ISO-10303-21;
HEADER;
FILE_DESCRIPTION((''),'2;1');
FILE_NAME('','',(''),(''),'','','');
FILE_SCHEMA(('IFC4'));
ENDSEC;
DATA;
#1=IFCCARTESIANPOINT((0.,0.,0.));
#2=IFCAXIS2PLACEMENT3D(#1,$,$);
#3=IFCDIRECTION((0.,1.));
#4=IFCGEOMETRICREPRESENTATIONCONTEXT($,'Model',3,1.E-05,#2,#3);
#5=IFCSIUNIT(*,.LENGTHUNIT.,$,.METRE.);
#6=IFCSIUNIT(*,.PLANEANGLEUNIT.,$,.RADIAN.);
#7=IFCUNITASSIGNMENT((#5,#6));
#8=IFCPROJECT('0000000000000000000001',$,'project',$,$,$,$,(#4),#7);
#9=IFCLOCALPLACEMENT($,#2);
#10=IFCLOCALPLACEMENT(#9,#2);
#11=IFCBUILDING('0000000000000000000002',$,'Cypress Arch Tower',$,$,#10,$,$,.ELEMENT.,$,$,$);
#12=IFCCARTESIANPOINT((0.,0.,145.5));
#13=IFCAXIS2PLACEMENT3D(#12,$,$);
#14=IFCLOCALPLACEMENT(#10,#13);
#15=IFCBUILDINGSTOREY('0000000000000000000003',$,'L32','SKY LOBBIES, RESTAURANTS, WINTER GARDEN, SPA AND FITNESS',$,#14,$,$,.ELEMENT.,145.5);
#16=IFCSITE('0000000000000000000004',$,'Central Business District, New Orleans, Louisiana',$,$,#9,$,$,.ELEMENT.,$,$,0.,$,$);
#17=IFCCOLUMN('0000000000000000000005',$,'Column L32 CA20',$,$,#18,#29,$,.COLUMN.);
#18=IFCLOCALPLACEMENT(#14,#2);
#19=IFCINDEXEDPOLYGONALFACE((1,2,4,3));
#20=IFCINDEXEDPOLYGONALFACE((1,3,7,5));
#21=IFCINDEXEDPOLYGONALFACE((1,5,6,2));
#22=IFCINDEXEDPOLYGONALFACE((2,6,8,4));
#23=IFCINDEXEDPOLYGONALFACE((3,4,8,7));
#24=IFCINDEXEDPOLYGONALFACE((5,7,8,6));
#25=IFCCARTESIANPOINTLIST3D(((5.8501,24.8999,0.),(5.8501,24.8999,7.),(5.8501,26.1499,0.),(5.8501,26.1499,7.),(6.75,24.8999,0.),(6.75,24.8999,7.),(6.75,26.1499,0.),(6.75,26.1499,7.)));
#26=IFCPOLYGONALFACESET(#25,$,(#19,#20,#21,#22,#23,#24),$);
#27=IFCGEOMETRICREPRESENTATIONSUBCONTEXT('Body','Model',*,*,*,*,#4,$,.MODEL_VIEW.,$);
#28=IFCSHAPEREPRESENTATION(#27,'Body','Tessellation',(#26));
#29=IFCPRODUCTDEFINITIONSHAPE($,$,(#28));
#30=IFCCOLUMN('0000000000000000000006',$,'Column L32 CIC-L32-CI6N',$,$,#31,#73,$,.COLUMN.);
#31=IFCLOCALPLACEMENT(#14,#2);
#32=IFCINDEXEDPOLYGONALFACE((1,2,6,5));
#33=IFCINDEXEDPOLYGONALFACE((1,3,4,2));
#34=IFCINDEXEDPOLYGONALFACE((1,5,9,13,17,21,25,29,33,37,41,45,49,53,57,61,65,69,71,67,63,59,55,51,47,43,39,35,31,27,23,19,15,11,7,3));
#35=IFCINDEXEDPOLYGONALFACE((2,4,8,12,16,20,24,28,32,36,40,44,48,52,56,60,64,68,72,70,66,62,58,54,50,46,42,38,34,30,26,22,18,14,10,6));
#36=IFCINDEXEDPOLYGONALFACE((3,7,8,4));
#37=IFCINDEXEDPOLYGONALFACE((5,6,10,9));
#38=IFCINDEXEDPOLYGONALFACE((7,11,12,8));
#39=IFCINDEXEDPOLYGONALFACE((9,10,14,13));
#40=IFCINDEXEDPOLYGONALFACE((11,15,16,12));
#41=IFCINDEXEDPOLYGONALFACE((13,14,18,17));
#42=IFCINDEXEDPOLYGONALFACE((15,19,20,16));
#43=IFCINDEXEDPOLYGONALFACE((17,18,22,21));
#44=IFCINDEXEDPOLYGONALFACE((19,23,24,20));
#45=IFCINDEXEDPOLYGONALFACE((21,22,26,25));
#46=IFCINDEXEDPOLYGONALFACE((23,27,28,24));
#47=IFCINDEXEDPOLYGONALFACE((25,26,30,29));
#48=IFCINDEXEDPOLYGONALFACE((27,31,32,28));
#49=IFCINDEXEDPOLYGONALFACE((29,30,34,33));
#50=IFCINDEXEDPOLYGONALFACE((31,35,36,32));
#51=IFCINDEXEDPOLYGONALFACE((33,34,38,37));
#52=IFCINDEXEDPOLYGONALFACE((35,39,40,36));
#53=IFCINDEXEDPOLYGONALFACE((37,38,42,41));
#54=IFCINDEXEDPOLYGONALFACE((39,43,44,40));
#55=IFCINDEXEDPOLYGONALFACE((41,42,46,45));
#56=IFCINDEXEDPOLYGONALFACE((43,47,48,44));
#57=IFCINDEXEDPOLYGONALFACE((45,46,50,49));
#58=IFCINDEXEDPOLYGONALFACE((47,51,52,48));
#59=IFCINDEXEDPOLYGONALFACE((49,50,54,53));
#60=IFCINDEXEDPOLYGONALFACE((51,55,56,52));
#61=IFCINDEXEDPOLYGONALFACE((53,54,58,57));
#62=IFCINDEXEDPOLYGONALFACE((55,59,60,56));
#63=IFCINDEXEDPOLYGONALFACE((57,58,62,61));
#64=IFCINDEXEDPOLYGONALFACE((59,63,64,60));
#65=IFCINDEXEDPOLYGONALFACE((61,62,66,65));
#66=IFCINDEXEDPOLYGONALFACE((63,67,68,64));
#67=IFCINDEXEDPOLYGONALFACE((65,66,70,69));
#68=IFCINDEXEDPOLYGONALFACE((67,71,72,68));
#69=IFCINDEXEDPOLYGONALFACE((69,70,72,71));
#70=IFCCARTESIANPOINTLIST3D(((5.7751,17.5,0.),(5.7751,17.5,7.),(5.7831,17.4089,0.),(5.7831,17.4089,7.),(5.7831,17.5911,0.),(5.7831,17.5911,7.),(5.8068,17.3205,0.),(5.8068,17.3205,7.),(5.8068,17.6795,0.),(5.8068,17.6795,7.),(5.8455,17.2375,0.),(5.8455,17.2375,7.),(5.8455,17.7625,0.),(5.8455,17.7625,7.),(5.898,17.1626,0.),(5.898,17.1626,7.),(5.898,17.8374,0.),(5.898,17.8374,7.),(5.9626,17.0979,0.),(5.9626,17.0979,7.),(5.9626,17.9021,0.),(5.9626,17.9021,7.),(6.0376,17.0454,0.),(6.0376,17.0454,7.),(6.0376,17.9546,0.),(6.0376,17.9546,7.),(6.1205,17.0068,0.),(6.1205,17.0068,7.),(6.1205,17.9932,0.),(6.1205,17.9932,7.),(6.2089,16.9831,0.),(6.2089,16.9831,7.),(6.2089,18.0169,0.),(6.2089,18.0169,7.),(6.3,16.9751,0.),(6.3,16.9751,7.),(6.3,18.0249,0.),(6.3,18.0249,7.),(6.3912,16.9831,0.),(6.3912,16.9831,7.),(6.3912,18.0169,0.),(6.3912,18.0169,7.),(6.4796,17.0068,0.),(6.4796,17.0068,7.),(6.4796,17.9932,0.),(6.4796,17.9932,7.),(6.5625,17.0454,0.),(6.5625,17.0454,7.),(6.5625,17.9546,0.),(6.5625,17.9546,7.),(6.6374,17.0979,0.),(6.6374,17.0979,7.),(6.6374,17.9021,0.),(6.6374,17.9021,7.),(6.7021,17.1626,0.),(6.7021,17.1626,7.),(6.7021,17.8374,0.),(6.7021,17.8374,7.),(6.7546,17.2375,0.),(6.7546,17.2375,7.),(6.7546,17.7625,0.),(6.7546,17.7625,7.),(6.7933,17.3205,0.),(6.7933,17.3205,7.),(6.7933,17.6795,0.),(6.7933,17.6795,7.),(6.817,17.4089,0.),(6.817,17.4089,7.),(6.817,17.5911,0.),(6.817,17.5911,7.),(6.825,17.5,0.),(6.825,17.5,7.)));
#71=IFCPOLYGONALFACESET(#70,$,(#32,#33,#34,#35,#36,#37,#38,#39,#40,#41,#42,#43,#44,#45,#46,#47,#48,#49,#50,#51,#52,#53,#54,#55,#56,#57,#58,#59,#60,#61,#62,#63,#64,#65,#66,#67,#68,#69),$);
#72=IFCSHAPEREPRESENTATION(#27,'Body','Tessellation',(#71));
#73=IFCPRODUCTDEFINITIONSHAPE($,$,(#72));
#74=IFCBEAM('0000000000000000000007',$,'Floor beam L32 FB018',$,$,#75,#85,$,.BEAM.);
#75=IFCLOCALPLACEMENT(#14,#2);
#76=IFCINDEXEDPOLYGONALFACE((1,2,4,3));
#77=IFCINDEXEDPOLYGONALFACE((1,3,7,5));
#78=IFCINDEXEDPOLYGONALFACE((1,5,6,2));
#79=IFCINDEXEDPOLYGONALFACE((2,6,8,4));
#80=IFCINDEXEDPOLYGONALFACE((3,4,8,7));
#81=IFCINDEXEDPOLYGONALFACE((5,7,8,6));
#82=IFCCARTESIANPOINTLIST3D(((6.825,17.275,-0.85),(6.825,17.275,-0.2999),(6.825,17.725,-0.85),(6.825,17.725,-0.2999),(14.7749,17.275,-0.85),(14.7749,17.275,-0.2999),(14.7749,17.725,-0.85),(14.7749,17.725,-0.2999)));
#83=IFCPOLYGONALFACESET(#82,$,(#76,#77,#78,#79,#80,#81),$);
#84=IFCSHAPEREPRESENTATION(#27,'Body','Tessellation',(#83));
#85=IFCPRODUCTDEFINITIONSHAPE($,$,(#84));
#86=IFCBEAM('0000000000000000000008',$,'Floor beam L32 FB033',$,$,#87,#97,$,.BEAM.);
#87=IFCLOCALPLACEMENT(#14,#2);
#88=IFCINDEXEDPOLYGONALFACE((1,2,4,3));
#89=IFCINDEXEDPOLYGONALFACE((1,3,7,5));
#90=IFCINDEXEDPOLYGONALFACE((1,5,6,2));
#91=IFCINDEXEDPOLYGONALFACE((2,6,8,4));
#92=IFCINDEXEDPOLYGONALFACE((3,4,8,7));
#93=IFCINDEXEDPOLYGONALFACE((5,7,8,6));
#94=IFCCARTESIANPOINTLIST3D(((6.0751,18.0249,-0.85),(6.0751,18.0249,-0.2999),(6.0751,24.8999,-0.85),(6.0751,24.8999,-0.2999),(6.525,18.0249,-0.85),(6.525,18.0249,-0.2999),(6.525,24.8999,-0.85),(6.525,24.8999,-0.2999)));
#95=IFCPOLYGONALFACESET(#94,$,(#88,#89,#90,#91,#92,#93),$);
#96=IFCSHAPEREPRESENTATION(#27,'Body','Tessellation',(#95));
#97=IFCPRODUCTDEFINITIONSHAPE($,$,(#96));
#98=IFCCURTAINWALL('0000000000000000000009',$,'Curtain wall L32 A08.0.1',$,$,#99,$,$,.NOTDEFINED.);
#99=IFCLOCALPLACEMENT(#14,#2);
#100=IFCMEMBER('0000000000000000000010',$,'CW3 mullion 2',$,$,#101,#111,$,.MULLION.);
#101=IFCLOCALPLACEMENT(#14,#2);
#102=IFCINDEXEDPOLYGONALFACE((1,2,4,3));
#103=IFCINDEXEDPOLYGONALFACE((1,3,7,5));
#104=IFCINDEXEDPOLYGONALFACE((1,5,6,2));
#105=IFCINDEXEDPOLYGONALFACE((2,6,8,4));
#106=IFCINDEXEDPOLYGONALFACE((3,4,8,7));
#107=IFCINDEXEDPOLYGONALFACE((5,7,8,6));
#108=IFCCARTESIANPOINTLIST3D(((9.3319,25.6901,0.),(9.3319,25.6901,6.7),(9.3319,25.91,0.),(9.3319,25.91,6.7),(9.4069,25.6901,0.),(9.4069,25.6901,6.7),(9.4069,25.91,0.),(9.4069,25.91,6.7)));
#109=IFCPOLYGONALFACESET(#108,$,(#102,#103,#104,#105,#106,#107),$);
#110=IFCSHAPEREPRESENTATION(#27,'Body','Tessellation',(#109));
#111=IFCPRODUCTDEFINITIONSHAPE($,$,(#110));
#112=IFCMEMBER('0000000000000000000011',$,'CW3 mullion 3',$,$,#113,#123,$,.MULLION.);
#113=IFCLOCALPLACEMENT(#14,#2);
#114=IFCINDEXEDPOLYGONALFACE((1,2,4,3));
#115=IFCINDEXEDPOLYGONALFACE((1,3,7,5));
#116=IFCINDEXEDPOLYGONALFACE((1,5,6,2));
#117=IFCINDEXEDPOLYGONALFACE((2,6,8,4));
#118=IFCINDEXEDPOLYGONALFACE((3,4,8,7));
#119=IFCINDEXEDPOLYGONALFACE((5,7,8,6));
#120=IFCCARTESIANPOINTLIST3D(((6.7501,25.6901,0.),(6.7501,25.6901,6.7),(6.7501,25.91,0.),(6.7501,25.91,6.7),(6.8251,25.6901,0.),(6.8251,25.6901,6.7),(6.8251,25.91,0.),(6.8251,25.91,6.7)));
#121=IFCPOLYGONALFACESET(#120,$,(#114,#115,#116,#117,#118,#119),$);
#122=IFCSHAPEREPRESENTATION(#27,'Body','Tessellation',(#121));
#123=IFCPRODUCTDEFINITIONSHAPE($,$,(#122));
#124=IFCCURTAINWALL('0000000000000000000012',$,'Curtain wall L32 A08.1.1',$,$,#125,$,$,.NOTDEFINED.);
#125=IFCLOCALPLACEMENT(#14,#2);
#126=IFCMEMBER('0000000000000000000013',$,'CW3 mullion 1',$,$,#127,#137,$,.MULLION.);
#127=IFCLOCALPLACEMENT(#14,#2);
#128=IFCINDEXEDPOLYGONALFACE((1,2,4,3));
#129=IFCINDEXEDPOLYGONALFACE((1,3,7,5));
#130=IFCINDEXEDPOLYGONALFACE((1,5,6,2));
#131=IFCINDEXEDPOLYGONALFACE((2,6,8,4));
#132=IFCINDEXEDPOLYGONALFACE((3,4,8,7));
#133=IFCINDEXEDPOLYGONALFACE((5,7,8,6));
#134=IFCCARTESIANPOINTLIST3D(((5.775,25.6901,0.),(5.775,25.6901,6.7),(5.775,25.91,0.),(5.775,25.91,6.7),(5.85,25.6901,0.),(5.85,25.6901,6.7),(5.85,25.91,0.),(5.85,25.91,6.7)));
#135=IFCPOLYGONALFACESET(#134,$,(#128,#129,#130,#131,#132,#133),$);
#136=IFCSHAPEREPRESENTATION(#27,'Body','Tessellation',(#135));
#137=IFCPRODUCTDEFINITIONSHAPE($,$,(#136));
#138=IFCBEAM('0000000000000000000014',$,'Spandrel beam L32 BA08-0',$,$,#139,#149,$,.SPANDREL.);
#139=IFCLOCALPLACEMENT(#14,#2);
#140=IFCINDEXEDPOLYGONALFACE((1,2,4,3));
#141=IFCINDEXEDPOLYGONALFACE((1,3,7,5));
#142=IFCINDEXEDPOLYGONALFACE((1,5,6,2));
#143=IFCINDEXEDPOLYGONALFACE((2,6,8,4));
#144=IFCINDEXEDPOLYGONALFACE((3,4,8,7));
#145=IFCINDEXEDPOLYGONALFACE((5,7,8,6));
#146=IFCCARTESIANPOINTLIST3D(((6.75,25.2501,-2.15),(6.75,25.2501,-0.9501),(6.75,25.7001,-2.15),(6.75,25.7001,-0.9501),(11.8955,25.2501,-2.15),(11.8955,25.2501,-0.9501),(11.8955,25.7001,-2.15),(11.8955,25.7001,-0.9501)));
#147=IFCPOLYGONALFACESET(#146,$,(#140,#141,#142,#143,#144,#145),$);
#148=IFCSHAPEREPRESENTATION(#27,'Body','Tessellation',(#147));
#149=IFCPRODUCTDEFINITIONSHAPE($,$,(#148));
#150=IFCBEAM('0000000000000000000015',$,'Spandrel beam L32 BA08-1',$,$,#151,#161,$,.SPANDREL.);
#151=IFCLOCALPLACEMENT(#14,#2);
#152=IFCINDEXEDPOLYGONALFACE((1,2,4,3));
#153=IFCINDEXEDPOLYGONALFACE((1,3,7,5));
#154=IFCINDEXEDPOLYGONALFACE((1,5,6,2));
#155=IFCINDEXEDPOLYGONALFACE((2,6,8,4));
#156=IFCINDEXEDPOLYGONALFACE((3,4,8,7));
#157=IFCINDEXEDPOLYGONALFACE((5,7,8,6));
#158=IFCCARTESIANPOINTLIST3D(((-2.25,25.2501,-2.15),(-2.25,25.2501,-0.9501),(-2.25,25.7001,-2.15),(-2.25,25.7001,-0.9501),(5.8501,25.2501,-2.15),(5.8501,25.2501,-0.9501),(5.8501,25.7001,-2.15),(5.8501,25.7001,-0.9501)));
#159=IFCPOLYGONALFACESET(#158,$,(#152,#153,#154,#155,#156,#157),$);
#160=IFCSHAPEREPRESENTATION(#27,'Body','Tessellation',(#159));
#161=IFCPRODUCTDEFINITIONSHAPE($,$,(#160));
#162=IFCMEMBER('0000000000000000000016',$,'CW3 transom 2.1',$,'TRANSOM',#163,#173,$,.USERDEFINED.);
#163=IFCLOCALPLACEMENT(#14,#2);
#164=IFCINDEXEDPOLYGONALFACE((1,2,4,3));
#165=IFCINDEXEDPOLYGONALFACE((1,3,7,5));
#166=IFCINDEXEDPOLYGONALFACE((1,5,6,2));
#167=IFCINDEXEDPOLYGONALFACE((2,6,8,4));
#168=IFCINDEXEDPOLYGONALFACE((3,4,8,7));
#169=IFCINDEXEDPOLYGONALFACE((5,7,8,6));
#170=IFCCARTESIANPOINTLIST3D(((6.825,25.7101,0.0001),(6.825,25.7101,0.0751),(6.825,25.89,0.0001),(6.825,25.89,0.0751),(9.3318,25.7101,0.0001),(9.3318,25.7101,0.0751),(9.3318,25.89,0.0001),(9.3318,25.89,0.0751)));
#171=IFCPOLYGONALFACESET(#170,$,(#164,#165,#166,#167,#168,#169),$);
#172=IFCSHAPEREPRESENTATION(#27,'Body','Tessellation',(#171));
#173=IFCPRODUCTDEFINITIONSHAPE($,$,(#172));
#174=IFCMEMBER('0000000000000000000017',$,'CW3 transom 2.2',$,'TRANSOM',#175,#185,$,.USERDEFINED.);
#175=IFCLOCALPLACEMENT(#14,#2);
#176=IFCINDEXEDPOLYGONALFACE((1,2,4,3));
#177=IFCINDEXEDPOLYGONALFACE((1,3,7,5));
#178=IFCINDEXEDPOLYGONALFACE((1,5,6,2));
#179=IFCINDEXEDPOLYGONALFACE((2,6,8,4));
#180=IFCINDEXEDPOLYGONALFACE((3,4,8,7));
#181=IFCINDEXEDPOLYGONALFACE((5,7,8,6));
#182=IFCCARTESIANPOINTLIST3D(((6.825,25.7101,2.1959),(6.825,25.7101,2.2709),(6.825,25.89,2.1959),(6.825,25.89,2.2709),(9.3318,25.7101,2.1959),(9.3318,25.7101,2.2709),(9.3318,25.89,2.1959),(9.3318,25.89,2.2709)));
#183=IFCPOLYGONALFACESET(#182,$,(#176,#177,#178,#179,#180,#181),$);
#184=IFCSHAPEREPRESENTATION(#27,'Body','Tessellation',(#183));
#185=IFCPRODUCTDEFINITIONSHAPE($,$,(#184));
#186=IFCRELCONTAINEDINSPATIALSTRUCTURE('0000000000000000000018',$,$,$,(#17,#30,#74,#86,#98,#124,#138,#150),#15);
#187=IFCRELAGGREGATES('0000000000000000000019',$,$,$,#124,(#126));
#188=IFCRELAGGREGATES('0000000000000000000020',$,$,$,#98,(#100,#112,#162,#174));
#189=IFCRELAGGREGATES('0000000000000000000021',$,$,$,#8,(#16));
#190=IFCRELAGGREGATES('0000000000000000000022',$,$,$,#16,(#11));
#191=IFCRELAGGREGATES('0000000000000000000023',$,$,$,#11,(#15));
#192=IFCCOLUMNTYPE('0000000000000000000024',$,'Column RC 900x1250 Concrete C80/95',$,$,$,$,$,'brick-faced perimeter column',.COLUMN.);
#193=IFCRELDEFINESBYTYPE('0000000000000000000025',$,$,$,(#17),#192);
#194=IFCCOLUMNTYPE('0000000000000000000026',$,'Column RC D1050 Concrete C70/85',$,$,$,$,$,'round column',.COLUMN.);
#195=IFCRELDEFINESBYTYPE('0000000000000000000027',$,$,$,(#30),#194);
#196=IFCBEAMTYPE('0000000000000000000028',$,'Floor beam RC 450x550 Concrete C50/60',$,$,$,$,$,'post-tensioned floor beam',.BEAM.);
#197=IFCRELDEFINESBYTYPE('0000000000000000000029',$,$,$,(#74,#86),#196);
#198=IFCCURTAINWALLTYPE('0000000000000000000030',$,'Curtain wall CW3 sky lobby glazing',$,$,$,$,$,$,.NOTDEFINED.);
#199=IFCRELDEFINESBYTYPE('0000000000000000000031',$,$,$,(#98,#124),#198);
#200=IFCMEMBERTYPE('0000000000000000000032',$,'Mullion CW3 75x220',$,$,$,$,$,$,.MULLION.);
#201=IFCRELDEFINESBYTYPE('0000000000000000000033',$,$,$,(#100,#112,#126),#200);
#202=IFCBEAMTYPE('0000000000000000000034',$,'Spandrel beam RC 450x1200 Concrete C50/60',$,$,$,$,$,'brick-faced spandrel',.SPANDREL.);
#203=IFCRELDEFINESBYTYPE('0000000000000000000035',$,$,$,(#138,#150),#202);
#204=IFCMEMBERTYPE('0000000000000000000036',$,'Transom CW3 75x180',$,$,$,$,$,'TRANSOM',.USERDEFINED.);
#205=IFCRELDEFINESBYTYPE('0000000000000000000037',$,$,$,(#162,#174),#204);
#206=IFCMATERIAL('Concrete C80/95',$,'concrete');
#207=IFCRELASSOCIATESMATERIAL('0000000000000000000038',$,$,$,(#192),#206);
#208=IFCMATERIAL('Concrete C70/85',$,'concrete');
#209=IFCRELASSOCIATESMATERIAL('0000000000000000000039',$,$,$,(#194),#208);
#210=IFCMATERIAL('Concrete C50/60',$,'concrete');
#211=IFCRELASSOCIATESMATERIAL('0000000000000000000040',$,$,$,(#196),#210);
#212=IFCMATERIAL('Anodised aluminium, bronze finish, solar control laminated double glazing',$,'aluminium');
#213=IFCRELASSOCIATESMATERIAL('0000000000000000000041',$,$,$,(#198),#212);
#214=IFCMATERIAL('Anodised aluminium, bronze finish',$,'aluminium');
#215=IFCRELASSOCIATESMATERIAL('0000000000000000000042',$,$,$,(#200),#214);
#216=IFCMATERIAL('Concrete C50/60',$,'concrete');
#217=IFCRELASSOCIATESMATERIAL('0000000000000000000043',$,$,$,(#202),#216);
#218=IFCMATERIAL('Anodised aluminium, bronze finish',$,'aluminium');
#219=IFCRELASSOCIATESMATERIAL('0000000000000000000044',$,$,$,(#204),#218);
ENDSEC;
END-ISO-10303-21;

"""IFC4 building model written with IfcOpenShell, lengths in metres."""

from ifc_helpers import new_model, si_unit, direction, frame, origin, origin_2d, place, context, subcontext, project, spatial, rectangle, circle, extrude, material, material_profile, profile_set, type_object, element, aggregate, save


model = new_model("IFC4")

# Units and contexts
model_context = context("Model", 3, precision=1e-05, world=origin(), true_north=direction((0.0, 1.0)))
body_context = subcontext(model_context, "Body", "Model", "MODEL_VIEW")
ifc_project = project(units=[si_unit("LENGTHUNIT", "METRE"), si_unit("PLANEANGLEUNIT", "RADIAN")], contexts=[model_context])

# Site, building, storey
site_placement = place(None, origin())
site = spatial("IfcSite", under=ifc_project, at=site_placement, Name="Central Business District, New Orleans, Louisiana", CompositionType="ELEMENT", RefElevation=0.0)
building_placement = place(site_placement, origin())
building = spatial("IfcBuilding", under=site, at=building_placement, Name="Cypress Arch Tower", CompositionType="ELEMENT")
storey_placement = place(building_placement, frame((0.0, 0.0, 145.5)))
storey = spatial("IfcBuildingStorey", under=building, at=storey_placement, Name="L32", Description="SKY LOBBIES, RESTAURANTS, WINTER GARDEN, SPA AND FITNESS", CompositionType="ELEMENT", Elevation=145.5)

# Columns
ifc_material_1 = material(Name="Concrete C80/95", Category="concrete")
ifc_material_profile_1 = material_profile(ifc_material_1, rectangle(XDim=0.8999, YDim=1.25, at=origin_2d()), Name="RC 900x1250")
ifc_profile_set_1 = profile_set([ifc_material_profile_1], Name="Concrete C80/95")
column_type_1 = type_object("IfcColumnType", Name="Column RC 900x1250 Concrete C80/95", ElementType="brick-faced perimeter column", PredefinedType="COLUMN", material=ifc_profile_set_1)
column_1_placement = place(storey_placement, frame((6.3, 25.5249, 0.0), z_axis=(0.0, 0.0, 1.0), x_axis=(-1.0, 0.0, 0.0)))
element("IfcColumn", 1, at=column_1_placement, inside=storey, type_object=column_type_1, Name="Column L32 CA20", PredefinedType="COLUMN", context=body_context, shape_type="SweptSolid", body=[
    extrude(rectangle(XDim=0.8999, YDim=1.25, at=origin_2d()), origin(), (0.0, 0.0, 1.0), 7.0),
])
ifc_material_2 = material(Name="Concrete C70/85", Category="concrete")
ifc_material_profile_2 = material_profile(ifc_material_2, circle(Radius=0.5249, at=origin_2d()), Name="RC D1050")
ifc_profile_set_2 = profile_set([ifc_material_profile_2], Name="Concrete C70/85")
column_type_2 = type_object("IfcColumnType", Name="Column RC D1050 Concrete C70/85", ElementType="round column", PredefinedType="COLUMN", material=ifc_profile_set_2)
column_2_placement = place(storey_placement, frame((6.3, 17.5, 0.0), z_axis=(0.0, 0.0, 1.0), x_axis=(1.0, 0.0, 0.0)))
element("IfcColumn", 2, at=column_2_placement, inside=storey, type_object=column_type_2, Name="Column L32 CIC-L32-CI6N", PredefinedType="COLUMN", context=body_context, shape_type="SweptSolid", body=[
    extrude(circle(Radius=0.5249, at=origin_2d()), origin(), (0.0, 0.0, 1.0), 7.0),
])

# Beams
ifc_material_3 = material(Name="Concrete C50/60", Category="concrete")
ifc_material_profile_3 = material_profile(ifc_material_3, rectangle(XDim=0.45, YDim=0.55, at=origin_2d()), Name="RC 450x550")
ifc_profile_set_3 = profile_set([ifc_material_profile_3], Name="Concrete C50/60")
beam_type_1 = type_object("IfcBeamType", Name="Floor beam RC 450x550 Concrete C50/60", ElementType="post-tensioned floor beam", PredefinedType="BEAM", material=ifc_profile_set_3)
beam_1_placement = place(storey_placement, frame((6.825, 17.5, -0.575), z_axis=(1.0, 0.0, 0.0), x_axis=(0.0, 1.0, 0.0)))
element("IfcBeam", 3, at=beam_1_placement, inside=storey, type_object=beam_type_1, Name="Floor beam L32 FB018", PredefinedType="BEAM", context=body_context, shape_type="SweptSolid", body=[
    extrude(rectangle(XDim=0.45, YDim=0.55, at=origin_2d()), origin(), (0.0, 0.0, 1.0), 7.95),
])
beam_2_placement = place(storey_placement, frame((6.3, 18.0249, -0.575), z_axis=(0.0, 1.0, 0.0), x_axis=(-1.0, 0.0, 0.0)))
element("IfcBeam", 4, at=beam_2_placement, inside=storey, type_object=beam_type_1, Name="Floor beam L32 FB033", PredefinedType="BEAM", context=body_context, shape_type="SweptSolid", body=[
    extrude(rectangle(XDim=0.45, YDim=0.55, at=origin_2d()), origin(), (0.0, 0.0, 1.0), 6.875),
])

# Curtain wall, members
ifc_material_4 = material(Name="Anodised aluminium, bronze finish, solar control laminated double glazing", Category="aluminium")
curtain_wall_type = type_object("IfcCurtainWallType", Name="Curtain wall CW3 sky lobby glazing", PredefinedType="NOTDEFINED", material=ifc_material_4)
curtain_wall_1_placement = place(storey_placement, origin())
curtain_wall_1 = element("IfcCurtainWall", 5, at=curtain_wall_1_placement, inside=storey, type_object=curtain_wall_type, Name="Curtain wall L32 A08.0.1", PredefinedType="NOTDEFINED")
ifc_material_5 = material(Name="Anodised aluminium, bronze finish", Category="aluminium")
ifc_material_profile_4 = material_profile(ifc_material_5, rectangle(XDim=0.22, YDim=0.075, at=origin_2d()), Name="Mullion 75x220")
ifc_profile_set_4 = profile_set([ifc_material_profile_4], Name="Anodised aluminium, bronze finish")
member_type_1 = type_object("IfcMemberType", Name="Mullion CW3 75x220", PredefinedType="MULLION", material=ifc_profile_set_4)
member_1_placement = place(storey_placement, frame((9.3694, 25.8, 0.0), z_axis=(0.0, 0.0, 1.0), x_axis=(0.0, -1.0, 0.0)))
member_1 = element("IfcMember", 6, at=member_1_placement, type_object=member_type_1, Name="CW3 mullion 2", PredefinedType="MULLION", context=body_context, shape_type="SweptSolid", body=[
    extrude(rectangle(XDim=0.22, YDim=0.075, at=origin_2d()), origin(), (0.0, 0.0, 1.0), 6.7),
])
member_2_placement = place(storey_placement, frame((6.7876, 25.8, 0.0), z_axis=(0.0, 0.0, 1.0), x_axis=(0.0, -1.0, 0.0)))
member_2 = element("IfcMember", 7, at=member_2_placement, type_object=member_type_1, Name="CW3 mullion 3", PredefinedType="MULLION", context=body_context, shape_type="SweptSolid", body=[
    extrude(rectangle(XDim=0.22, YDim=0.075, at=origin_2d()), origin(), (0.0, 0.0, 1.0), 6.7),
])

# Curtain wall, member
curtain_wall_2_placement = place(storey_placement, origin())
curtain_wall_2 = element("IfcCurtainWall", 8, at=curtain_wall_2_placement, inside=storey, type_object=curtain_wall_type, Name="Curtain wall L32 A08.1.1", PredefinedType="NOTDEFINED")
member_3_placement = place(storey_placement, frame((5.8125, 25.8, 0.0), z_axis=(0.0, 0.0, 1.0), x_axis=(0.0, -1.0, 0.0)))
member_3 = element("IfcMember", 9, at=member_3_placement, type_object=member_type_1, Name="CW3 mullion 1", PredefinedType="MULLION", context=body_context, shape_type="SweptSolid", body=[
    extrude(rectangle(XDim=0.22, YDim=0.075, at=origin_2d()), origin(), (0.0, 0.0, 1.0), 6.7),
])

# Beams
ifc_material_6 = material(Name="Concrete C50/60", Category="concrete")
ifc_material_profile_5 = material_profile(ifc_material_6, rectangle(XDim=0.45, YDim=1.2, at=origin_2d()), Name="RC 450x1200")
ifc_profile_set_5 = profile_set([ifc_material_profile_5], Name="Concrete C50/60")
beam_type_2 = type_object("IfcBeamType", Name="Spandrel beam RC 450x1200 Concrete C50/60", ElementType="brick-faced spandrel", PredefinedType="SPANDREL", material=ifc_profile_set_5)
beam_3_placement = place(storey_placement, frame((11.8955, 25.4751, -1.55), z_axis=(-1.0, 0.0, 0.0), x_axis=(0.0, -1.0, 0.0)))
element("IfcBeam", 10, at=beam_3_placement, inside=storey, type_object=beam_type_2, Name="Spandrel beam L32 BA08-0", PredefinedType="SPANDREL", context=body_context, shape_type="SweptSolid", body=[
    extrude(rectangle(XDim=0.45, YDim=1.2, at=origin_2d()), origin(), (0.0, 0.0, 1.0), 5.1455),
])
beam_4_placement = place(storey_placement, frame((5.8501, 25.4751, -1.55), z_axis=(-1.0, 0.0, 0.0), x_axis=(0.0, -1.0, 0.0)))
element("IfcBeam", 11, at=beam_4_placement, inside=storey, type_object=beam_type_2, Name="Spandrel beam L32 BA08-1", PredefinedType="SPANDREL", context=body_context, shape_type="SweptSolid", body=[
    extrude(rectangle(XDim=0.45, YDim=1.2, at=origin_2d()), origin(), (0.0, 0.0, 1.0), 8.1001),
])

# Members
ifc_material_7 = material(Name="Anodised aluminium, bronze finish", Category="aluminium")
ifc_material_profile_6 = material_profile(ifc_material_7, rectangle(XDim=0.1799, YDim=0.075, at=origin_2d()), Name="Transom 75x180")
ifc_profile_set_6 = profile_set([ifc_material_profile_6], Name="Anodised aluminium, bronze finish")
member_type_2 = type_object("IfcMemberType", Name="Transom CW3 75x180", ElementType="TRANSOM", PredefinedType="USERDEFINED", material=ifc_profile_set_6)
member_4_placement = place(storey_placement, frame((9.3318, 25.8, 0.0376), z_axis=(-1.0, 0.0, 0.0), x_axis=(0.0, -1.0, 0.0)))
member_4 = element("IfcMember", 12, at=member_4_placement, type_object=member_type_2, Name="CW3 transom 2.1", ObjectType="TRANSOM", PredefinedType="USERDEFINED", context=body_context, shape_type="SweptSolid", body=[
    extrude(rectangle(XDim=0.1799, YDim=0.075, at=origin_2d()), origin(), (0.0, 0.0, 1.0), 2.5068),
])
member_5_placement = place(storey_placement, frame((9.3318, 25.8, 2.2334), z_axis=(-1.0, 0.0, 0.0), x_axis=(0.0, -1.0, 0.0)))
member_5 = element("IfcMember", 13, at=member_5_placement, type_object=member_type_2, Name="CW3 transom 2.2", ObjectType="TRANSOM", PredefinedType="USERDEFINED", context=body_context, shape_type="SweptSolid", body=[
    extrude(rectangle(XDim=0.1799, YDim=0.075, at=origin_2d()), origin(), (0.0, 0.0, 1.0), 2.5068),
])
aggregate(curtain_wall_2, [member_3])

aggregate(curtain_wall_1, [member_1, member_2, member_4, member_5])

save(model, "model.ifc")
